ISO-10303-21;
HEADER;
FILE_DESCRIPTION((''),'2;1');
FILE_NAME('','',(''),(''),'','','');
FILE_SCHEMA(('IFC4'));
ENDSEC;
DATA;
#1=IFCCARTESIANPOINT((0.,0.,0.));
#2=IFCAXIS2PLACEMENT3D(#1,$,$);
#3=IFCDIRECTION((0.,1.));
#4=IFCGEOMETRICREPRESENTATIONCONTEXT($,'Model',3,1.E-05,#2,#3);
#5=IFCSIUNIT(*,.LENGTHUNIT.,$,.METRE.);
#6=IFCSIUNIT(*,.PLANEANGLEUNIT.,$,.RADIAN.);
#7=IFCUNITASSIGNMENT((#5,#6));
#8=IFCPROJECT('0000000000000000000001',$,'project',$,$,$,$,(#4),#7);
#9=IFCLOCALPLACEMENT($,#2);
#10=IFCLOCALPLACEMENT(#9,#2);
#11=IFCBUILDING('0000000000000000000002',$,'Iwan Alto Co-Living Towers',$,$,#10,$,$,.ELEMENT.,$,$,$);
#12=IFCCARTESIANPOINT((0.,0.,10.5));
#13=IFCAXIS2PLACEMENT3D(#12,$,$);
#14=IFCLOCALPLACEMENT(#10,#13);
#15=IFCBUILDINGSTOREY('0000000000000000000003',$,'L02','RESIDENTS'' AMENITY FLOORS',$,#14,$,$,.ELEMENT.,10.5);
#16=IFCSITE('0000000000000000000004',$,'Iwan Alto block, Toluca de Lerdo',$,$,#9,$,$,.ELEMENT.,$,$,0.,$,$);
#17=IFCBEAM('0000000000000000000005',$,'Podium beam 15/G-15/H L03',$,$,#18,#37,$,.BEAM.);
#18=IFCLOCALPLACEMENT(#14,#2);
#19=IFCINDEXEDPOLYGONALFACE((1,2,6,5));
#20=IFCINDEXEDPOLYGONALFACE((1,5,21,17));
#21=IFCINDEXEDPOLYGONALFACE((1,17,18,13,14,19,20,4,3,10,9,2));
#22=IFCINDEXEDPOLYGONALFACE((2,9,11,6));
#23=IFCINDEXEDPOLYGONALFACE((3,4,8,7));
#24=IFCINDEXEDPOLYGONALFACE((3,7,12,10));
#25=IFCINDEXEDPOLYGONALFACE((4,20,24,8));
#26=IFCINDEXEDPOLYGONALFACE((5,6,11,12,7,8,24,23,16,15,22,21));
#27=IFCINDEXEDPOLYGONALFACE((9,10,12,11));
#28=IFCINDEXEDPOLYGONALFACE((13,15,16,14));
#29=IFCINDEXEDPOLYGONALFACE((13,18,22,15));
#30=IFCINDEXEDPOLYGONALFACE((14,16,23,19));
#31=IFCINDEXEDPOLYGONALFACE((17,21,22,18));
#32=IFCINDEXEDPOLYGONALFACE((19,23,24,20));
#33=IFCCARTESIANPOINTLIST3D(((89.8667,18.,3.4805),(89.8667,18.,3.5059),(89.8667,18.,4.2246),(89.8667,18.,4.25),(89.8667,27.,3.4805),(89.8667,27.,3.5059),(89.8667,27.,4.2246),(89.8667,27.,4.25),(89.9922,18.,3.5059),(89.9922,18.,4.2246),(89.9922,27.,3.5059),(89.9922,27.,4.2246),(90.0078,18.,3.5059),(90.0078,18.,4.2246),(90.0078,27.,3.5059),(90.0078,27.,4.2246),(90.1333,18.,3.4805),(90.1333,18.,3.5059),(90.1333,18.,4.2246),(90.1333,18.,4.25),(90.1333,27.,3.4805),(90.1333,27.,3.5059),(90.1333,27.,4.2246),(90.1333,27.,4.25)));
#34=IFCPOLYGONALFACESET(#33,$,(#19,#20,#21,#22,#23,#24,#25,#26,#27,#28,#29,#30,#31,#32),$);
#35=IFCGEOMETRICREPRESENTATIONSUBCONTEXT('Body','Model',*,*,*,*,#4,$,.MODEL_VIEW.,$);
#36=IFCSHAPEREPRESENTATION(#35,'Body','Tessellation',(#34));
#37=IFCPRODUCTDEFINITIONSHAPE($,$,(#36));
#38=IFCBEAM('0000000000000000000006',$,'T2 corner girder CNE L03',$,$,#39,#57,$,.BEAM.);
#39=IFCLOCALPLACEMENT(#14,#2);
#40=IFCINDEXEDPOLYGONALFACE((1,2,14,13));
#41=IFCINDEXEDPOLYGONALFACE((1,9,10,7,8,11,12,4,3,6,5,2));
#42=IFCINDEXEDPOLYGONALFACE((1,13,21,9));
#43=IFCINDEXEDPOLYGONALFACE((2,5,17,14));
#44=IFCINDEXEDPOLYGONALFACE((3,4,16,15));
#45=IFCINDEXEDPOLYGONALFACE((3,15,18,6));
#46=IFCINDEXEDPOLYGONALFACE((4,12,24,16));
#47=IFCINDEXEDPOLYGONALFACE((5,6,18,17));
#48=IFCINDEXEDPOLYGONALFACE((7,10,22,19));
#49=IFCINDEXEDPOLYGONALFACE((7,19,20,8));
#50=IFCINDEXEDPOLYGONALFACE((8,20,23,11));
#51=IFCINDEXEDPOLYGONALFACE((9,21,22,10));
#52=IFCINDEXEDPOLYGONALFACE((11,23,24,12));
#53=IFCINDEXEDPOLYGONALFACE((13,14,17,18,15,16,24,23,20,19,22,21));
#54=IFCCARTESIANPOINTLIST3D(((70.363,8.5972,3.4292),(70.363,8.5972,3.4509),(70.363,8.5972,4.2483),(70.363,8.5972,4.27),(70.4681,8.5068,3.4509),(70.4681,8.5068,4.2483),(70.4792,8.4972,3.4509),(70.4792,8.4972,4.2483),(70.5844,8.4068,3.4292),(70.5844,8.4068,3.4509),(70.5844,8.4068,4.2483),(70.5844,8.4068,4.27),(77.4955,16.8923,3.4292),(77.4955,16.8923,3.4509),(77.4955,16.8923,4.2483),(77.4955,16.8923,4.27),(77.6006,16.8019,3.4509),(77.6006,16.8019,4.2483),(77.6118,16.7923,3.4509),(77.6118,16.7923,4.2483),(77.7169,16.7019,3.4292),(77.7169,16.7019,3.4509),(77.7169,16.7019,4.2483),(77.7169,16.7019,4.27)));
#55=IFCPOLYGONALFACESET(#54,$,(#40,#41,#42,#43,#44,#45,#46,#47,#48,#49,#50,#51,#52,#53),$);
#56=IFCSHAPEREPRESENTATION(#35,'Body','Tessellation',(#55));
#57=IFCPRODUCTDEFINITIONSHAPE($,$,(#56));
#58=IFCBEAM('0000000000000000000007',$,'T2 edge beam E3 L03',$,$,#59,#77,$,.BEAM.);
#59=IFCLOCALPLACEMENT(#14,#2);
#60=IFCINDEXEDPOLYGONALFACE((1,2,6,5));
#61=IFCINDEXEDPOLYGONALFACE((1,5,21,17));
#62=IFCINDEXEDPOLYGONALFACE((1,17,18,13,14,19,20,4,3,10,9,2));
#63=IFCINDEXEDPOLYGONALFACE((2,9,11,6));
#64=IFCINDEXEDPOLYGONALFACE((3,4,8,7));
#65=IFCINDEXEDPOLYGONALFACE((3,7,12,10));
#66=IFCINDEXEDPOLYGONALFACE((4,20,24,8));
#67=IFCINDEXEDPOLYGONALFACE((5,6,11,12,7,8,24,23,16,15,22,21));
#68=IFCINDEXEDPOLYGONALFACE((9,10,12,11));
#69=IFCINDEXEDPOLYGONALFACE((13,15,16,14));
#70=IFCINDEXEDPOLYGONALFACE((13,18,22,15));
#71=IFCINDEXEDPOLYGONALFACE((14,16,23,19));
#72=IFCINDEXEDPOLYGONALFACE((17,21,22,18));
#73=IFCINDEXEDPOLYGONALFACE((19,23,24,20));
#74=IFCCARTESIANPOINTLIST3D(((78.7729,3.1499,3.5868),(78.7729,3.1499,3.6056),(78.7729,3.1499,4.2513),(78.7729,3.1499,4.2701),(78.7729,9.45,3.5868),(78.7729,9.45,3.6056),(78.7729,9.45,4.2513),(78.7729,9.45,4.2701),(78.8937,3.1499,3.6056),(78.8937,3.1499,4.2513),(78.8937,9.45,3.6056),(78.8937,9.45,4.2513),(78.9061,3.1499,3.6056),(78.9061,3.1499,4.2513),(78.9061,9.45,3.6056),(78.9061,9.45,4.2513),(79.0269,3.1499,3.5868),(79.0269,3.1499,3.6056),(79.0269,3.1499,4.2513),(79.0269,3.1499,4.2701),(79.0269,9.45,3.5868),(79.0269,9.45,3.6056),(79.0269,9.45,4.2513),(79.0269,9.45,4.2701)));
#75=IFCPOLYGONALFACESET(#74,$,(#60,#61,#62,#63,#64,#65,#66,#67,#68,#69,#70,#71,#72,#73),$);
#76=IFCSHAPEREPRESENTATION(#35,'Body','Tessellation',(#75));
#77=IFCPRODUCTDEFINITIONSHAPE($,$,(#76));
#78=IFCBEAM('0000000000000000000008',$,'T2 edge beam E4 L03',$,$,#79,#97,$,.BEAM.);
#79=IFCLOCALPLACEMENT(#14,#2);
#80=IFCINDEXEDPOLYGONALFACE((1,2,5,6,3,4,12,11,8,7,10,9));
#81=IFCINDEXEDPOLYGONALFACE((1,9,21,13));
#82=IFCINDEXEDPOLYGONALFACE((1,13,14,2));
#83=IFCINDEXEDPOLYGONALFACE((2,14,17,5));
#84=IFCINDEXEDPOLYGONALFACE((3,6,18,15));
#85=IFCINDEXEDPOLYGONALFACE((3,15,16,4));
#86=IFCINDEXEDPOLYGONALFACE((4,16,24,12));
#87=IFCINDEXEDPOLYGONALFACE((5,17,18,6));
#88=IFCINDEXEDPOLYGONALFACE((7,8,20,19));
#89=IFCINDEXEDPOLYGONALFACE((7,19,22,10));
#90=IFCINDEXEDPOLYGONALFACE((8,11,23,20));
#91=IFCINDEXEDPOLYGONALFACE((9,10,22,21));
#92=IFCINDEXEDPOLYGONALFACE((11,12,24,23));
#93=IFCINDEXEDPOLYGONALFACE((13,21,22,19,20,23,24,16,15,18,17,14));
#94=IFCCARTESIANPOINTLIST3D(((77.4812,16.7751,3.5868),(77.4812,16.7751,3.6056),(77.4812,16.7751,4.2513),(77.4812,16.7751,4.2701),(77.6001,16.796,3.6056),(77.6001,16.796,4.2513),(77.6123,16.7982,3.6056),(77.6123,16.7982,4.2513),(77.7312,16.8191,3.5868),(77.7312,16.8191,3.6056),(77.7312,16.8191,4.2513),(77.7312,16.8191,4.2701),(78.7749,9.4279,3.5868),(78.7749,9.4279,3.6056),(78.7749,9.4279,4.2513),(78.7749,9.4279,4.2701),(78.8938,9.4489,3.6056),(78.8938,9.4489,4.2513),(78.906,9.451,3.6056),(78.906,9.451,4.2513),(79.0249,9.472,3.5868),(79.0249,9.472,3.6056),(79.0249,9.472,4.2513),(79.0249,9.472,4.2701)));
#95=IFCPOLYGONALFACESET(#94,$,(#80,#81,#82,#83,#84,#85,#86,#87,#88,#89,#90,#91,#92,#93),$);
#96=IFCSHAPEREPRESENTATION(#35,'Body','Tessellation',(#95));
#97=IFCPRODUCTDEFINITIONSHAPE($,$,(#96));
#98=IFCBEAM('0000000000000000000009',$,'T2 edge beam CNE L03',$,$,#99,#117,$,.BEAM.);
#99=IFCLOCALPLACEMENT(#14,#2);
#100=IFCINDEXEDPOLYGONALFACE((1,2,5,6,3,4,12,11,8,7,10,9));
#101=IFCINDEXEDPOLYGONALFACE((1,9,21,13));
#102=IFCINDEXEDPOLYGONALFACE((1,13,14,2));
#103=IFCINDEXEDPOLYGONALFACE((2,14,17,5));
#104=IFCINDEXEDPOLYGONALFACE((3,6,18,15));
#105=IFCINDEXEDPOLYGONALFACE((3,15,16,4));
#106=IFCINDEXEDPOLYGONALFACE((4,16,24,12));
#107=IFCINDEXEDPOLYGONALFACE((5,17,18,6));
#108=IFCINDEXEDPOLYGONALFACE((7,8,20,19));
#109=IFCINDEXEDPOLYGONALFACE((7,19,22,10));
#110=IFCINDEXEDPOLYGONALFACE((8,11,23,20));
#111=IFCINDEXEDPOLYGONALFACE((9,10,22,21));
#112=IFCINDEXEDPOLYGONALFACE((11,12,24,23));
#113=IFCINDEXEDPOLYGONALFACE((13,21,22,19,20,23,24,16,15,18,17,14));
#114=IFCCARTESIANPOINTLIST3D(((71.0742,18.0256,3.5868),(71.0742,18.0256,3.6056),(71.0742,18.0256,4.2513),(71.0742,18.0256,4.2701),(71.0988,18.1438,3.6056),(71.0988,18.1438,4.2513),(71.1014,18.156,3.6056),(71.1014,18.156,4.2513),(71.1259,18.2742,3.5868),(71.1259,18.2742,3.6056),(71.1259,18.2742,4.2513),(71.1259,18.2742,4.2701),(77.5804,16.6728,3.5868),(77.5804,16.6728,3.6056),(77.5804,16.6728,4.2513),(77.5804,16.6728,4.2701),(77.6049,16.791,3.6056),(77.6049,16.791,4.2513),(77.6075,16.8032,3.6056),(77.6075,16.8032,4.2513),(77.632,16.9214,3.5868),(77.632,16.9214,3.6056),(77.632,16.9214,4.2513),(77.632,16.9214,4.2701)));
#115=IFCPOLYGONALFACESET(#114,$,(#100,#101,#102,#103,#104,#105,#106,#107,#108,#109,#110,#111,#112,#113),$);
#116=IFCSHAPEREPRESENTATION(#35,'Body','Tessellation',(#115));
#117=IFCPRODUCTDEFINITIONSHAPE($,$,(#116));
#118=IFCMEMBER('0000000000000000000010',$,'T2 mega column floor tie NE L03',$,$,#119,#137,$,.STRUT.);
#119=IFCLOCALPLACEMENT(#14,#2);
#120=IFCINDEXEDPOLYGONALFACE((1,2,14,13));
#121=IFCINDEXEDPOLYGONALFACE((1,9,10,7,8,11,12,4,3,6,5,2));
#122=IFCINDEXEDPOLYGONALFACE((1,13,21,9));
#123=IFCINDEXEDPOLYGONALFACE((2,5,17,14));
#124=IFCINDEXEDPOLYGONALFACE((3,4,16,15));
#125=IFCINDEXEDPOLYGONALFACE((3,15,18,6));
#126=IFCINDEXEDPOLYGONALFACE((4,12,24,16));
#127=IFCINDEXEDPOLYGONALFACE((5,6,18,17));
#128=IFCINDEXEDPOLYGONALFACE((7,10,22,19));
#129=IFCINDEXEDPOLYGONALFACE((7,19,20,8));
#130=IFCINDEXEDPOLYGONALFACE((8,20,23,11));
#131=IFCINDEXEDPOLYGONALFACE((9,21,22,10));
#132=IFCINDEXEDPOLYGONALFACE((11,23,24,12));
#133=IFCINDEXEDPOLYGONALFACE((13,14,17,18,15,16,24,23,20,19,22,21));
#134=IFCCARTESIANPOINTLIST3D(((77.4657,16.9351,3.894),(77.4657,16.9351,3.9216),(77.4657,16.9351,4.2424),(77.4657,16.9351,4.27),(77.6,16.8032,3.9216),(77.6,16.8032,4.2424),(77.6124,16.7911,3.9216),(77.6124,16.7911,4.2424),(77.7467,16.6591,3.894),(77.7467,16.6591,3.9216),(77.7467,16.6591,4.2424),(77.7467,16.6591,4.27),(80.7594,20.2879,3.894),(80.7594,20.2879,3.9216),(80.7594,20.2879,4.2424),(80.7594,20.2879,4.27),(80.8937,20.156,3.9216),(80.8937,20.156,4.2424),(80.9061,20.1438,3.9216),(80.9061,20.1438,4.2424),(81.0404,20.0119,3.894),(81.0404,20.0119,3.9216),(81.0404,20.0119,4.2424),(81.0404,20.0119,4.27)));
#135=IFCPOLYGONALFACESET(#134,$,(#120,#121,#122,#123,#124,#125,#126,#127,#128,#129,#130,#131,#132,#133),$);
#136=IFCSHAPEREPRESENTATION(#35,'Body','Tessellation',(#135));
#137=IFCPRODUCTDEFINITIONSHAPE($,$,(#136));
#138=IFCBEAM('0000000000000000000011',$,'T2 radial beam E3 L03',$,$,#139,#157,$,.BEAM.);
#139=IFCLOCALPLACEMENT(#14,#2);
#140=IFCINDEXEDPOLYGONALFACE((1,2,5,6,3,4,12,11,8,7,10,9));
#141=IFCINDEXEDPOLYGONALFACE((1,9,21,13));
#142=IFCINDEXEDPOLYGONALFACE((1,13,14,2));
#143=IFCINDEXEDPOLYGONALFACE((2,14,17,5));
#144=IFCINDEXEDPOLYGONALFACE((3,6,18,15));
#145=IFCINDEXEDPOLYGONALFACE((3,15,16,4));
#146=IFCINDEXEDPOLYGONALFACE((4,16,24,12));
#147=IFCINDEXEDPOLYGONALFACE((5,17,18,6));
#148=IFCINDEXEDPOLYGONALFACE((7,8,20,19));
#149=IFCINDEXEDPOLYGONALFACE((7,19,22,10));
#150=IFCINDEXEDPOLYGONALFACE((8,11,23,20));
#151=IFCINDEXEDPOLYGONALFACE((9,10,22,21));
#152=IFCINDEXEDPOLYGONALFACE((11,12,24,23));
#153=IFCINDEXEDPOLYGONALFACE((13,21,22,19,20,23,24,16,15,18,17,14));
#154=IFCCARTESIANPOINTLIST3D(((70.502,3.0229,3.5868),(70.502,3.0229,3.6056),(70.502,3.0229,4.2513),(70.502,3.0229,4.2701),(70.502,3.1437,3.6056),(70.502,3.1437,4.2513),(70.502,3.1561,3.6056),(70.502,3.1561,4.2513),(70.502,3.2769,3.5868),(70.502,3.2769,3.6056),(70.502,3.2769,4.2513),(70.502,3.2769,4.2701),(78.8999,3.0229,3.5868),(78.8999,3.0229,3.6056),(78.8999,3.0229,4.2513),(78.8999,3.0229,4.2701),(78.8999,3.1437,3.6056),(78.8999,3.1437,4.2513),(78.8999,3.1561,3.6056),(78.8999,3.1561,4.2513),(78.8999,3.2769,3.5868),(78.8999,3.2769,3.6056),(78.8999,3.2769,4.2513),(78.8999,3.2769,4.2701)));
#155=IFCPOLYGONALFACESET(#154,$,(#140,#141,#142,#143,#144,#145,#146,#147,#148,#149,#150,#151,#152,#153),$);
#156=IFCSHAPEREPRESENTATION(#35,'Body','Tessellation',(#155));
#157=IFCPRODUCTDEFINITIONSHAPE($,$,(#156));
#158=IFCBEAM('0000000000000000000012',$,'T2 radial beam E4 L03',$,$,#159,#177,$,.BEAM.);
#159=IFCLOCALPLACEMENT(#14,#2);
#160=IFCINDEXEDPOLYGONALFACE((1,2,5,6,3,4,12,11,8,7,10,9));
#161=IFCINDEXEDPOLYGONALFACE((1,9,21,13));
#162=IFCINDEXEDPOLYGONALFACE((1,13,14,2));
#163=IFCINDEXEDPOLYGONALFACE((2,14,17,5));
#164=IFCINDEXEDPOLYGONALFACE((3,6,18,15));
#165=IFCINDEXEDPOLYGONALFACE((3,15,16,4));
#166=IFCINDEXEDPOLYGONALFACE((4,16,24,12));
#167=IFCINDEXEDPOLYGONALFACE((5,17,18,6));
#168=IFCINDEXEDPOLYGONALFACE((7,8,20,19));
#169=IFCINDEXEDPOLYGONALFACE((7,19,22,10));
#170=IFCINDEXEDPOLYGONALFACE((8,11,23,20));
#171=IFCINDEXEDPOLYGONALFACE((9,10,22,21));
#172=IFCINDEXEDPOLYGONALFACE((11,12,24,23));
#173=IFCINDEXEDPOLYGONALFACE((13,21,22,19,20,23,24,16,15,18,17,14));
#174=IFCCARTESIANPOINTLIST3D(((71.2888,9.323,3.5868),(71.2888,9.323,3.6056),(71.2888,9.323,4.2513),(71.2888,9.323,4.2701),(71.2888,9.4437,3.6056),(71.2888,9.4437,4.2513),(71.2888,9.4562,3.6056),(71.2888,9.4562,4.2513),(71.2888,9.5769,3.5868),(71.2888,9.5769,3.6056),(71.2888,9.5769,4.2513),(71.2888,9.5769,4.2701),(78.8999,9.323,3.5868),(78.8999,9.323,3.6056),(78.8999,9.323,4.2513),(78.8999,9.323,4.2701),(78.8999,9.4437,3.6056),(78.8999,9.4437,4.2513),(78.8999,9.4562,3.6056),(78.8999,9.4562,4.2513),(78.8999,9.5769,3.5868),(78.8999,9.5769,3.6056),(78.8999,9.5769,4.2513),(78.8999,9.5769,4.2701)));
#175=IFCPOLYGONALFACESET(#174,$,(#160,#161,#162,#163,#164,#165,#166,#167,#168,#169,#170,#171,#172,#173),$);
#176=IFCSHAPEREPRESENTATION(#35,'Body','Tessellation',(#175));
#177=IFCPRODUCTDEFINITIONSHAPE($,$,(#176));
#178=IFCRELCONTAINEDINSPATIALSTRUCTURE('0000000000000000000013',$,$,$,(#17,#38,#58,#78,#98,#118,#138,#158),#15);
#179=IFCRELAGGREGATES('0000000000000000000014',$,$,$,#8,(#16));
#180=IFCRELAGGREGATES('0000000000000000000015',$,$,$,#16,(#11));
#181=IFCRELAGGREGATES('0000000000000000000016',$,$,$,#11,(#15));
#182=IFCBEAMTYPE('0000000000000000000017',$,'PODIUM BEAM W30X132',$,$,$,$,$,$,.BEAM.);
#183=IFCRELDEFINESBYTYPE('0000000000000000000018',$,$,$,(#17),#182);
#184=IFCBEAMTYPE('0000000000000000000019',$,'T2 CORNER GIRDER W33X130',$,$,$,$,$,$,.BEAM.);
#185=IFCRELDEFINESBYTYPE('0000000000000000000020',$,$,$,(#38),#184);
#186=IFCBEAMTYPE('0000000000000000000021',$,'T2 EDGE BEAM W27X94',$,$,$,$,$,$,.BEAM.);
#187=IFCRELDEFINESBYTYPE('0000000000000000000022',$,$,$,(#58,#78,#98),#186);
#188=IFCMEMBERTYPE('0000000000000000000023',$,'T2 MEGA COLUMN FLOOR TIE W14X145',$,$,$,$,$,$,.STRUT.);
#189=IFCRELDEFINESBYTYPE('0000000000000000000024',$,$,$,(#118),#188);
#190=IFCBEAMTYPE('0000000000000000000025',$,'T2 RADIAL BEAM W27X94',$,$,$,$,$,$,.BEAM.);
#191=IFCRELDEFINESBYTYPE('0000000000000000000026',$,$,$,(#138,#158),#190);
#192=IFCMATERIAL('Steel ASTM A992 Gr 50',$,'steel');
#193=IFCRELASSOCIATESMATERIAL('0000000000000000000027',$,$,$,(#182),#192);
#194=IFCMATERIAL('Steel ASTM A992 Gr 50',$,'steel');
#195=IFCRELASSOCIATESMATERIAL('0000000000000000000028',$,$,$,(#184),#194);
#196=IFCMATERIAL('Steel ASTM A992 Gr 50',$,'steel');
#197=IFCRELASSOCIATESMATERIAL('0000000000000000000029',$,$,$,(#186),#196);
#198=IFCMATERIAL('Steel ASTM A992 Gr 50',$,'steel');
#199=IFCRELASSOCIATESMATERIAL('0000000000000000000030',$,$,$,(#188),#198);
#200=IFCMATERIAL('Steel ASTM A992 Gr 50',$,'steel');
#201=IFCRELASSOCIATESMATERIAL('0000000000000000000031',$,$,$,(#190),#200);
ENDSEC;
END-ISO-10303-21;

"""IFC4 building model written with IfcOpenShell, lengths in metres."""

from ifc_helpers import new_model, si_unit, direction, frame, origin, origin_2d, place, context, subcontext, project, spatial, i_section, extrude, material, material_profile, profile_set, type_object, element, save


model = new_model("IFC4")

# Units and contexts
model_context = context("Model", 3, precision=1e-05, world=origin(), true_north=direction((0.0, 1.0)))
body_context = subcontext(model_context, "Body", "Model", "MODEL_VIEW")
ifc_project = project(units=[si_unit("LENGTHUNIT", "METRE"), si_unit("PLANEANGLEUNIT", "RADIAN")], contexts=[model_context])

# Site, building, storey
site_placement = place(None, origin())
site = spatial("IfcSite", under=ifc_project, at=site_placement, Name="Iwan Alto block, Toluca de Lerdo", CompositionType="ELEMENT", RefElevation=0.0)
building_placement = place(site_placement, origin())
building = spatial("IfcBuilding", under=site, at=building_placement, Name="Iwan Alto Co-Living Towers", CompositionType="ELEMENT")
storey_placement = place(building_placement, frame((0.0, 0.0, 10.5)))
storey = spatial("IfcBuildingStorey", under=building, at=storey_placement, Name="L02", Description="RESIDENTS' AMENITY FLOORS", CompositionType="ELEMENT", Elevation=10.5)

# Beams
ifc_material_1 = material(Name="Steel ASTM A992 Gr 50", Category="steel")
ifc_material_profile_1 = material_profile(ifc_material_1, i_section(OverallWidth=0.2666, OverallDepth=0.7695, WebThickness=0.0156, FlangeThickness=0.0254, at=origin_2d()), Name="W30X132")
ifc_profile_set_1 = profile_set([ifc_material_profile_1], Name="Steel ASTM A992 Gr 50")
beam_type_1 = type_object("IfcBeamType", Name="PODIUM BEAM W30X132", PredefinedType="BEAM", material=ifc_profile_set_1)
for number, where, z_axis, x_axis, name in (
    (1, (90.0, 18.0, 3.8652), (0.0, 1.0, 0.0), (-1.0, 0.0, 0.0), "Podium beam 15/G-15/H L03"),
):
    element("IfcBeam", number, at=place(storey_placement, frame(where, z_axis=z_axis, x_axis=x_axis)), inside=storey, type_object=beam_type_1, Name=name, PredefinedType="BEAM", context=body_context, shape_type="SweptSolid", body=[
        extrude(i_section(OverallWidth=0.2666, OverallDepth=0.7695, WebThickness=0.0156, FlangeThickness=0.0254, at=origin_2d()), origin(), (0.0, 0.0, 1.0), 9.0),
    ])
ifc_material_2 = material(Name="Steel ASTM A992 Gr 50", Category="steel")
ifc_material_profile_2 = material_profile(ifc_material_2, i_section(OverallWidth=0.292, OverallDepth=0.8408, WebThickness=0.0146, FlangeThickness=0.0217, at=origin_2d()), Name="W33X130")
ifc_profile_set_2 = profile_set([ifc_material_profile_2], Name="Steel ASTM A992 Gr 50")
beam_type_2 = type_object("IfcBeamType", Name="T2 CORNER GIRDER W33X130", PredefinedType="BEAM", material=ifc_profile_set_2)
beam_1_placement = place(storey_placement, frame((77.6062, 16.7971, 3.8496), z_axis=(-0.651972, -0.758243, 0.0), x_axis=(0.758243, -0.651972, 0.0)))
element("IfcBeam", 2, at=beam_1_placement, inside=storey, type_object=beam_type_2, Name="T2 corner girder CNE L03", PredefinedType="BEAM", context=body_context, shape_type="SweptSolid", body=[
    extrude(i_section(OverallWidth=0.292, OverallDepth=0.8408, WebThickness=0.0146, FlangeThickness=0.0217, at=origin_2d()), origin(), (0.0, 0.0, 1.0), 10.9399),
])
ifc_material_3 = material(Name="Steel ASTM A992 Gr 50", Category="steel")
ifc_material_profile_3 = material_profile(ifc_material_3, i_section(OverallWidth=0.2539, OverallDepth=0.6833, WebThickness=0.0125, FlangeThickness=0.0188, at=origin_2d()), Name="W27X94")
ifc_profile_set_3 = profile_set([ifc_material_profile_3], Name="Steel ASTM A992 Gr 50")
beam_type_3 = type_object("IfcBeamType", Name="T2 EDGE BEAM W27X94", PredefinedType="BEAM", material=ifc_profile_set_3)
beam_2_placement = place(storey_placement, frame((78.8999, 3.1499, 3.9285), z_axis=(0.0, 1.0, 0.0), x_axis=(-1.0, 0.0, 0.0)))
element("IfcBeam", 3, at=beam_2_placement, inside=storey, type_object=beam_type_3, Name="T2 edge beam E3 L03", PredefinedType="BEAM", context=body_context, shape_type="SweptSolid", body=[
    extrude(i_section(OverallWidth=0.2539, OverallDepth=0.6833, WebThickness=0.0125, FlangeThickness=0.0188, at=origin_2d()), origin(), (0.0, 0.0, 1.0), 6.3),
])
beam_3_placement = place(storey_placement, frame((78.8999, 9.45, 3.9285), z_axis=(-0.173414, 0.984849, 0.0), x_axis=(-0.984849, -0.173414, 0.0)))
element("IfcBeam", 4, at=beam_3_placement, inside=storey, type_object=beam_type_3, Name="T2 edge beam E4 L03", PredefinedType="BEAM", context=body_context, shape_type="SweptSolid", body=[
    extrude(i_section(OverallWidth=0.2539, OverallDepth=0.6833, WebThickness=0.0125, FlangeThickness=0.0188, at=origin_2d()), origin(), (0.0, 0.0, 1.0), 7.4602),
])
beam_4_placement = place(storey_placement, frame((77.6062, 16.7971, 3.9285), z_axis=(-0.97906, 0.203571, 0.0), x_axis=(-0.203571, -0.97906, 0.0)))
element("IfcBeam", 5, at=beam_4_placement, inside=storey, type_object=beam_type_3, Name="T2 edge beam CNE L03", PredefinedType="BEAM", context=body_context, shape_type="SweptSolid", body=[
    extrude(i_section(OverallWidth=0.2539, OverallDepth=0.6833, WebThickness=0.0125, FlangeThickness=0.0188, at=origin_2d()), origin(), (0.0, 0.0, 1.0), 6.6453),
])

# Member
ifc_material_4 = material(Name="Steel ASTM A992 Gr 50", Category="steel")
ifc_material_profile_4 = material_profile(ifc_material_4, i_section(OverallWidth=0.3938, OverallDepth=0.376, WebThickness=0.0173, FlangeThickness=0.0276, at=origin_2d()), Name="W14X145")
ifc_profile_set_4 = profile_set([ifc_material_profile_4], Name="Steel ASTM A992 Gr 50")
member_type = type_object("IfcMemberType", Name="T2 MEGA COLUMN FLOOR TIE W14X145", PredefinedType="STRUT", material=ifc_profile_set_4)
member_placement = place(storey_placement, frame((80.8999, 20.1499, 4.082), z_axis=(-0.700793, -0.713364, 0.0), x_axis=(0.713364, -0.700793, 0.0)))
element("IfcMember", 6, at=member_placement, inside=storey, type_object=member_type, Name="T2 mega column floor tie NE L03", PredefinedType="STRUT", context=body_context, shape_type="SweptSolid", body=[
    extrude(i_section(OverallWidth=0.3938, OverallDepth=0.376, WebThickness=0.0173, FlangeThickness=0.0276, at=origin_2d()), origin(), (0.0, 0.0, 1.0), 4.7),
])

# Beams
ifc_material_5 = material(Name="Steel ASTM A992 Gr 50", Category="steel")
ifc_material_profile_5 = material_profile(ifc_material_5, i_section(OverallWidth=0.2539, OverallDepth=0.6833, WebThickness=0.0125, FlangeThickness=0.0188, at=origin_2d()), Name="W27X94")
ifc_profile_set_5 = profile_set([ifc_material_profile_5], Name="Steel ASTM A992 Gr 50")
beam_type_4 = type_object("IfcBeamType", Name="T2 RADIAL BEAM W27X94", PredefinedType="BEAM", material=ifc_profile_set_5)
beam_5_placement = place(storey_placement, frame((78.8999, 3.1499, 3.9285), z_axis=(-1.0, 0.0, 0.0), x_axis=(0.0, -1.0, 0.0)))
element("IfcBeam", 7, at=beam_5_placement, inside=storey, type_object=beam_type_4, Name="T2 radial beam E3 L03", PredefinedType="BEAM", context=body_context, shape_type="SweptSolid", body=[
    extrude(i_section(OverallWidth=0.2539, OverallDepth=0.6833, WebThickness=0.0125, FlangeThickness=0.0188, at=origin_2d()), origin(), (0.0, 0.0, 1.0), 8.3979),
])
beam_6_placement = place(storey_placement, frame((78.8999, 9.45, 3.9285), z_axis=(-1.0, 0.0, 0.0), x_axis=(0.0, -1.0, 0.0)))
element("IfcBeam", 8, at=beam_6_placement, inside=storey, type_object=beam_type_4, Name="T2 radial beam E4 L03", PredefinedType="BEAM", context=body_context, shape_type="SweptSolid", body=[
    extrude(i_section(OverallWidth=0.2539, OverallDepth=0.6833, WebThickness=0.0125, FlangeThickness=0.0188, at=origin_2d()), origin(), (0.0, 0.0, 1.0), 7.6111),
])

save(model, "model.ifc")
